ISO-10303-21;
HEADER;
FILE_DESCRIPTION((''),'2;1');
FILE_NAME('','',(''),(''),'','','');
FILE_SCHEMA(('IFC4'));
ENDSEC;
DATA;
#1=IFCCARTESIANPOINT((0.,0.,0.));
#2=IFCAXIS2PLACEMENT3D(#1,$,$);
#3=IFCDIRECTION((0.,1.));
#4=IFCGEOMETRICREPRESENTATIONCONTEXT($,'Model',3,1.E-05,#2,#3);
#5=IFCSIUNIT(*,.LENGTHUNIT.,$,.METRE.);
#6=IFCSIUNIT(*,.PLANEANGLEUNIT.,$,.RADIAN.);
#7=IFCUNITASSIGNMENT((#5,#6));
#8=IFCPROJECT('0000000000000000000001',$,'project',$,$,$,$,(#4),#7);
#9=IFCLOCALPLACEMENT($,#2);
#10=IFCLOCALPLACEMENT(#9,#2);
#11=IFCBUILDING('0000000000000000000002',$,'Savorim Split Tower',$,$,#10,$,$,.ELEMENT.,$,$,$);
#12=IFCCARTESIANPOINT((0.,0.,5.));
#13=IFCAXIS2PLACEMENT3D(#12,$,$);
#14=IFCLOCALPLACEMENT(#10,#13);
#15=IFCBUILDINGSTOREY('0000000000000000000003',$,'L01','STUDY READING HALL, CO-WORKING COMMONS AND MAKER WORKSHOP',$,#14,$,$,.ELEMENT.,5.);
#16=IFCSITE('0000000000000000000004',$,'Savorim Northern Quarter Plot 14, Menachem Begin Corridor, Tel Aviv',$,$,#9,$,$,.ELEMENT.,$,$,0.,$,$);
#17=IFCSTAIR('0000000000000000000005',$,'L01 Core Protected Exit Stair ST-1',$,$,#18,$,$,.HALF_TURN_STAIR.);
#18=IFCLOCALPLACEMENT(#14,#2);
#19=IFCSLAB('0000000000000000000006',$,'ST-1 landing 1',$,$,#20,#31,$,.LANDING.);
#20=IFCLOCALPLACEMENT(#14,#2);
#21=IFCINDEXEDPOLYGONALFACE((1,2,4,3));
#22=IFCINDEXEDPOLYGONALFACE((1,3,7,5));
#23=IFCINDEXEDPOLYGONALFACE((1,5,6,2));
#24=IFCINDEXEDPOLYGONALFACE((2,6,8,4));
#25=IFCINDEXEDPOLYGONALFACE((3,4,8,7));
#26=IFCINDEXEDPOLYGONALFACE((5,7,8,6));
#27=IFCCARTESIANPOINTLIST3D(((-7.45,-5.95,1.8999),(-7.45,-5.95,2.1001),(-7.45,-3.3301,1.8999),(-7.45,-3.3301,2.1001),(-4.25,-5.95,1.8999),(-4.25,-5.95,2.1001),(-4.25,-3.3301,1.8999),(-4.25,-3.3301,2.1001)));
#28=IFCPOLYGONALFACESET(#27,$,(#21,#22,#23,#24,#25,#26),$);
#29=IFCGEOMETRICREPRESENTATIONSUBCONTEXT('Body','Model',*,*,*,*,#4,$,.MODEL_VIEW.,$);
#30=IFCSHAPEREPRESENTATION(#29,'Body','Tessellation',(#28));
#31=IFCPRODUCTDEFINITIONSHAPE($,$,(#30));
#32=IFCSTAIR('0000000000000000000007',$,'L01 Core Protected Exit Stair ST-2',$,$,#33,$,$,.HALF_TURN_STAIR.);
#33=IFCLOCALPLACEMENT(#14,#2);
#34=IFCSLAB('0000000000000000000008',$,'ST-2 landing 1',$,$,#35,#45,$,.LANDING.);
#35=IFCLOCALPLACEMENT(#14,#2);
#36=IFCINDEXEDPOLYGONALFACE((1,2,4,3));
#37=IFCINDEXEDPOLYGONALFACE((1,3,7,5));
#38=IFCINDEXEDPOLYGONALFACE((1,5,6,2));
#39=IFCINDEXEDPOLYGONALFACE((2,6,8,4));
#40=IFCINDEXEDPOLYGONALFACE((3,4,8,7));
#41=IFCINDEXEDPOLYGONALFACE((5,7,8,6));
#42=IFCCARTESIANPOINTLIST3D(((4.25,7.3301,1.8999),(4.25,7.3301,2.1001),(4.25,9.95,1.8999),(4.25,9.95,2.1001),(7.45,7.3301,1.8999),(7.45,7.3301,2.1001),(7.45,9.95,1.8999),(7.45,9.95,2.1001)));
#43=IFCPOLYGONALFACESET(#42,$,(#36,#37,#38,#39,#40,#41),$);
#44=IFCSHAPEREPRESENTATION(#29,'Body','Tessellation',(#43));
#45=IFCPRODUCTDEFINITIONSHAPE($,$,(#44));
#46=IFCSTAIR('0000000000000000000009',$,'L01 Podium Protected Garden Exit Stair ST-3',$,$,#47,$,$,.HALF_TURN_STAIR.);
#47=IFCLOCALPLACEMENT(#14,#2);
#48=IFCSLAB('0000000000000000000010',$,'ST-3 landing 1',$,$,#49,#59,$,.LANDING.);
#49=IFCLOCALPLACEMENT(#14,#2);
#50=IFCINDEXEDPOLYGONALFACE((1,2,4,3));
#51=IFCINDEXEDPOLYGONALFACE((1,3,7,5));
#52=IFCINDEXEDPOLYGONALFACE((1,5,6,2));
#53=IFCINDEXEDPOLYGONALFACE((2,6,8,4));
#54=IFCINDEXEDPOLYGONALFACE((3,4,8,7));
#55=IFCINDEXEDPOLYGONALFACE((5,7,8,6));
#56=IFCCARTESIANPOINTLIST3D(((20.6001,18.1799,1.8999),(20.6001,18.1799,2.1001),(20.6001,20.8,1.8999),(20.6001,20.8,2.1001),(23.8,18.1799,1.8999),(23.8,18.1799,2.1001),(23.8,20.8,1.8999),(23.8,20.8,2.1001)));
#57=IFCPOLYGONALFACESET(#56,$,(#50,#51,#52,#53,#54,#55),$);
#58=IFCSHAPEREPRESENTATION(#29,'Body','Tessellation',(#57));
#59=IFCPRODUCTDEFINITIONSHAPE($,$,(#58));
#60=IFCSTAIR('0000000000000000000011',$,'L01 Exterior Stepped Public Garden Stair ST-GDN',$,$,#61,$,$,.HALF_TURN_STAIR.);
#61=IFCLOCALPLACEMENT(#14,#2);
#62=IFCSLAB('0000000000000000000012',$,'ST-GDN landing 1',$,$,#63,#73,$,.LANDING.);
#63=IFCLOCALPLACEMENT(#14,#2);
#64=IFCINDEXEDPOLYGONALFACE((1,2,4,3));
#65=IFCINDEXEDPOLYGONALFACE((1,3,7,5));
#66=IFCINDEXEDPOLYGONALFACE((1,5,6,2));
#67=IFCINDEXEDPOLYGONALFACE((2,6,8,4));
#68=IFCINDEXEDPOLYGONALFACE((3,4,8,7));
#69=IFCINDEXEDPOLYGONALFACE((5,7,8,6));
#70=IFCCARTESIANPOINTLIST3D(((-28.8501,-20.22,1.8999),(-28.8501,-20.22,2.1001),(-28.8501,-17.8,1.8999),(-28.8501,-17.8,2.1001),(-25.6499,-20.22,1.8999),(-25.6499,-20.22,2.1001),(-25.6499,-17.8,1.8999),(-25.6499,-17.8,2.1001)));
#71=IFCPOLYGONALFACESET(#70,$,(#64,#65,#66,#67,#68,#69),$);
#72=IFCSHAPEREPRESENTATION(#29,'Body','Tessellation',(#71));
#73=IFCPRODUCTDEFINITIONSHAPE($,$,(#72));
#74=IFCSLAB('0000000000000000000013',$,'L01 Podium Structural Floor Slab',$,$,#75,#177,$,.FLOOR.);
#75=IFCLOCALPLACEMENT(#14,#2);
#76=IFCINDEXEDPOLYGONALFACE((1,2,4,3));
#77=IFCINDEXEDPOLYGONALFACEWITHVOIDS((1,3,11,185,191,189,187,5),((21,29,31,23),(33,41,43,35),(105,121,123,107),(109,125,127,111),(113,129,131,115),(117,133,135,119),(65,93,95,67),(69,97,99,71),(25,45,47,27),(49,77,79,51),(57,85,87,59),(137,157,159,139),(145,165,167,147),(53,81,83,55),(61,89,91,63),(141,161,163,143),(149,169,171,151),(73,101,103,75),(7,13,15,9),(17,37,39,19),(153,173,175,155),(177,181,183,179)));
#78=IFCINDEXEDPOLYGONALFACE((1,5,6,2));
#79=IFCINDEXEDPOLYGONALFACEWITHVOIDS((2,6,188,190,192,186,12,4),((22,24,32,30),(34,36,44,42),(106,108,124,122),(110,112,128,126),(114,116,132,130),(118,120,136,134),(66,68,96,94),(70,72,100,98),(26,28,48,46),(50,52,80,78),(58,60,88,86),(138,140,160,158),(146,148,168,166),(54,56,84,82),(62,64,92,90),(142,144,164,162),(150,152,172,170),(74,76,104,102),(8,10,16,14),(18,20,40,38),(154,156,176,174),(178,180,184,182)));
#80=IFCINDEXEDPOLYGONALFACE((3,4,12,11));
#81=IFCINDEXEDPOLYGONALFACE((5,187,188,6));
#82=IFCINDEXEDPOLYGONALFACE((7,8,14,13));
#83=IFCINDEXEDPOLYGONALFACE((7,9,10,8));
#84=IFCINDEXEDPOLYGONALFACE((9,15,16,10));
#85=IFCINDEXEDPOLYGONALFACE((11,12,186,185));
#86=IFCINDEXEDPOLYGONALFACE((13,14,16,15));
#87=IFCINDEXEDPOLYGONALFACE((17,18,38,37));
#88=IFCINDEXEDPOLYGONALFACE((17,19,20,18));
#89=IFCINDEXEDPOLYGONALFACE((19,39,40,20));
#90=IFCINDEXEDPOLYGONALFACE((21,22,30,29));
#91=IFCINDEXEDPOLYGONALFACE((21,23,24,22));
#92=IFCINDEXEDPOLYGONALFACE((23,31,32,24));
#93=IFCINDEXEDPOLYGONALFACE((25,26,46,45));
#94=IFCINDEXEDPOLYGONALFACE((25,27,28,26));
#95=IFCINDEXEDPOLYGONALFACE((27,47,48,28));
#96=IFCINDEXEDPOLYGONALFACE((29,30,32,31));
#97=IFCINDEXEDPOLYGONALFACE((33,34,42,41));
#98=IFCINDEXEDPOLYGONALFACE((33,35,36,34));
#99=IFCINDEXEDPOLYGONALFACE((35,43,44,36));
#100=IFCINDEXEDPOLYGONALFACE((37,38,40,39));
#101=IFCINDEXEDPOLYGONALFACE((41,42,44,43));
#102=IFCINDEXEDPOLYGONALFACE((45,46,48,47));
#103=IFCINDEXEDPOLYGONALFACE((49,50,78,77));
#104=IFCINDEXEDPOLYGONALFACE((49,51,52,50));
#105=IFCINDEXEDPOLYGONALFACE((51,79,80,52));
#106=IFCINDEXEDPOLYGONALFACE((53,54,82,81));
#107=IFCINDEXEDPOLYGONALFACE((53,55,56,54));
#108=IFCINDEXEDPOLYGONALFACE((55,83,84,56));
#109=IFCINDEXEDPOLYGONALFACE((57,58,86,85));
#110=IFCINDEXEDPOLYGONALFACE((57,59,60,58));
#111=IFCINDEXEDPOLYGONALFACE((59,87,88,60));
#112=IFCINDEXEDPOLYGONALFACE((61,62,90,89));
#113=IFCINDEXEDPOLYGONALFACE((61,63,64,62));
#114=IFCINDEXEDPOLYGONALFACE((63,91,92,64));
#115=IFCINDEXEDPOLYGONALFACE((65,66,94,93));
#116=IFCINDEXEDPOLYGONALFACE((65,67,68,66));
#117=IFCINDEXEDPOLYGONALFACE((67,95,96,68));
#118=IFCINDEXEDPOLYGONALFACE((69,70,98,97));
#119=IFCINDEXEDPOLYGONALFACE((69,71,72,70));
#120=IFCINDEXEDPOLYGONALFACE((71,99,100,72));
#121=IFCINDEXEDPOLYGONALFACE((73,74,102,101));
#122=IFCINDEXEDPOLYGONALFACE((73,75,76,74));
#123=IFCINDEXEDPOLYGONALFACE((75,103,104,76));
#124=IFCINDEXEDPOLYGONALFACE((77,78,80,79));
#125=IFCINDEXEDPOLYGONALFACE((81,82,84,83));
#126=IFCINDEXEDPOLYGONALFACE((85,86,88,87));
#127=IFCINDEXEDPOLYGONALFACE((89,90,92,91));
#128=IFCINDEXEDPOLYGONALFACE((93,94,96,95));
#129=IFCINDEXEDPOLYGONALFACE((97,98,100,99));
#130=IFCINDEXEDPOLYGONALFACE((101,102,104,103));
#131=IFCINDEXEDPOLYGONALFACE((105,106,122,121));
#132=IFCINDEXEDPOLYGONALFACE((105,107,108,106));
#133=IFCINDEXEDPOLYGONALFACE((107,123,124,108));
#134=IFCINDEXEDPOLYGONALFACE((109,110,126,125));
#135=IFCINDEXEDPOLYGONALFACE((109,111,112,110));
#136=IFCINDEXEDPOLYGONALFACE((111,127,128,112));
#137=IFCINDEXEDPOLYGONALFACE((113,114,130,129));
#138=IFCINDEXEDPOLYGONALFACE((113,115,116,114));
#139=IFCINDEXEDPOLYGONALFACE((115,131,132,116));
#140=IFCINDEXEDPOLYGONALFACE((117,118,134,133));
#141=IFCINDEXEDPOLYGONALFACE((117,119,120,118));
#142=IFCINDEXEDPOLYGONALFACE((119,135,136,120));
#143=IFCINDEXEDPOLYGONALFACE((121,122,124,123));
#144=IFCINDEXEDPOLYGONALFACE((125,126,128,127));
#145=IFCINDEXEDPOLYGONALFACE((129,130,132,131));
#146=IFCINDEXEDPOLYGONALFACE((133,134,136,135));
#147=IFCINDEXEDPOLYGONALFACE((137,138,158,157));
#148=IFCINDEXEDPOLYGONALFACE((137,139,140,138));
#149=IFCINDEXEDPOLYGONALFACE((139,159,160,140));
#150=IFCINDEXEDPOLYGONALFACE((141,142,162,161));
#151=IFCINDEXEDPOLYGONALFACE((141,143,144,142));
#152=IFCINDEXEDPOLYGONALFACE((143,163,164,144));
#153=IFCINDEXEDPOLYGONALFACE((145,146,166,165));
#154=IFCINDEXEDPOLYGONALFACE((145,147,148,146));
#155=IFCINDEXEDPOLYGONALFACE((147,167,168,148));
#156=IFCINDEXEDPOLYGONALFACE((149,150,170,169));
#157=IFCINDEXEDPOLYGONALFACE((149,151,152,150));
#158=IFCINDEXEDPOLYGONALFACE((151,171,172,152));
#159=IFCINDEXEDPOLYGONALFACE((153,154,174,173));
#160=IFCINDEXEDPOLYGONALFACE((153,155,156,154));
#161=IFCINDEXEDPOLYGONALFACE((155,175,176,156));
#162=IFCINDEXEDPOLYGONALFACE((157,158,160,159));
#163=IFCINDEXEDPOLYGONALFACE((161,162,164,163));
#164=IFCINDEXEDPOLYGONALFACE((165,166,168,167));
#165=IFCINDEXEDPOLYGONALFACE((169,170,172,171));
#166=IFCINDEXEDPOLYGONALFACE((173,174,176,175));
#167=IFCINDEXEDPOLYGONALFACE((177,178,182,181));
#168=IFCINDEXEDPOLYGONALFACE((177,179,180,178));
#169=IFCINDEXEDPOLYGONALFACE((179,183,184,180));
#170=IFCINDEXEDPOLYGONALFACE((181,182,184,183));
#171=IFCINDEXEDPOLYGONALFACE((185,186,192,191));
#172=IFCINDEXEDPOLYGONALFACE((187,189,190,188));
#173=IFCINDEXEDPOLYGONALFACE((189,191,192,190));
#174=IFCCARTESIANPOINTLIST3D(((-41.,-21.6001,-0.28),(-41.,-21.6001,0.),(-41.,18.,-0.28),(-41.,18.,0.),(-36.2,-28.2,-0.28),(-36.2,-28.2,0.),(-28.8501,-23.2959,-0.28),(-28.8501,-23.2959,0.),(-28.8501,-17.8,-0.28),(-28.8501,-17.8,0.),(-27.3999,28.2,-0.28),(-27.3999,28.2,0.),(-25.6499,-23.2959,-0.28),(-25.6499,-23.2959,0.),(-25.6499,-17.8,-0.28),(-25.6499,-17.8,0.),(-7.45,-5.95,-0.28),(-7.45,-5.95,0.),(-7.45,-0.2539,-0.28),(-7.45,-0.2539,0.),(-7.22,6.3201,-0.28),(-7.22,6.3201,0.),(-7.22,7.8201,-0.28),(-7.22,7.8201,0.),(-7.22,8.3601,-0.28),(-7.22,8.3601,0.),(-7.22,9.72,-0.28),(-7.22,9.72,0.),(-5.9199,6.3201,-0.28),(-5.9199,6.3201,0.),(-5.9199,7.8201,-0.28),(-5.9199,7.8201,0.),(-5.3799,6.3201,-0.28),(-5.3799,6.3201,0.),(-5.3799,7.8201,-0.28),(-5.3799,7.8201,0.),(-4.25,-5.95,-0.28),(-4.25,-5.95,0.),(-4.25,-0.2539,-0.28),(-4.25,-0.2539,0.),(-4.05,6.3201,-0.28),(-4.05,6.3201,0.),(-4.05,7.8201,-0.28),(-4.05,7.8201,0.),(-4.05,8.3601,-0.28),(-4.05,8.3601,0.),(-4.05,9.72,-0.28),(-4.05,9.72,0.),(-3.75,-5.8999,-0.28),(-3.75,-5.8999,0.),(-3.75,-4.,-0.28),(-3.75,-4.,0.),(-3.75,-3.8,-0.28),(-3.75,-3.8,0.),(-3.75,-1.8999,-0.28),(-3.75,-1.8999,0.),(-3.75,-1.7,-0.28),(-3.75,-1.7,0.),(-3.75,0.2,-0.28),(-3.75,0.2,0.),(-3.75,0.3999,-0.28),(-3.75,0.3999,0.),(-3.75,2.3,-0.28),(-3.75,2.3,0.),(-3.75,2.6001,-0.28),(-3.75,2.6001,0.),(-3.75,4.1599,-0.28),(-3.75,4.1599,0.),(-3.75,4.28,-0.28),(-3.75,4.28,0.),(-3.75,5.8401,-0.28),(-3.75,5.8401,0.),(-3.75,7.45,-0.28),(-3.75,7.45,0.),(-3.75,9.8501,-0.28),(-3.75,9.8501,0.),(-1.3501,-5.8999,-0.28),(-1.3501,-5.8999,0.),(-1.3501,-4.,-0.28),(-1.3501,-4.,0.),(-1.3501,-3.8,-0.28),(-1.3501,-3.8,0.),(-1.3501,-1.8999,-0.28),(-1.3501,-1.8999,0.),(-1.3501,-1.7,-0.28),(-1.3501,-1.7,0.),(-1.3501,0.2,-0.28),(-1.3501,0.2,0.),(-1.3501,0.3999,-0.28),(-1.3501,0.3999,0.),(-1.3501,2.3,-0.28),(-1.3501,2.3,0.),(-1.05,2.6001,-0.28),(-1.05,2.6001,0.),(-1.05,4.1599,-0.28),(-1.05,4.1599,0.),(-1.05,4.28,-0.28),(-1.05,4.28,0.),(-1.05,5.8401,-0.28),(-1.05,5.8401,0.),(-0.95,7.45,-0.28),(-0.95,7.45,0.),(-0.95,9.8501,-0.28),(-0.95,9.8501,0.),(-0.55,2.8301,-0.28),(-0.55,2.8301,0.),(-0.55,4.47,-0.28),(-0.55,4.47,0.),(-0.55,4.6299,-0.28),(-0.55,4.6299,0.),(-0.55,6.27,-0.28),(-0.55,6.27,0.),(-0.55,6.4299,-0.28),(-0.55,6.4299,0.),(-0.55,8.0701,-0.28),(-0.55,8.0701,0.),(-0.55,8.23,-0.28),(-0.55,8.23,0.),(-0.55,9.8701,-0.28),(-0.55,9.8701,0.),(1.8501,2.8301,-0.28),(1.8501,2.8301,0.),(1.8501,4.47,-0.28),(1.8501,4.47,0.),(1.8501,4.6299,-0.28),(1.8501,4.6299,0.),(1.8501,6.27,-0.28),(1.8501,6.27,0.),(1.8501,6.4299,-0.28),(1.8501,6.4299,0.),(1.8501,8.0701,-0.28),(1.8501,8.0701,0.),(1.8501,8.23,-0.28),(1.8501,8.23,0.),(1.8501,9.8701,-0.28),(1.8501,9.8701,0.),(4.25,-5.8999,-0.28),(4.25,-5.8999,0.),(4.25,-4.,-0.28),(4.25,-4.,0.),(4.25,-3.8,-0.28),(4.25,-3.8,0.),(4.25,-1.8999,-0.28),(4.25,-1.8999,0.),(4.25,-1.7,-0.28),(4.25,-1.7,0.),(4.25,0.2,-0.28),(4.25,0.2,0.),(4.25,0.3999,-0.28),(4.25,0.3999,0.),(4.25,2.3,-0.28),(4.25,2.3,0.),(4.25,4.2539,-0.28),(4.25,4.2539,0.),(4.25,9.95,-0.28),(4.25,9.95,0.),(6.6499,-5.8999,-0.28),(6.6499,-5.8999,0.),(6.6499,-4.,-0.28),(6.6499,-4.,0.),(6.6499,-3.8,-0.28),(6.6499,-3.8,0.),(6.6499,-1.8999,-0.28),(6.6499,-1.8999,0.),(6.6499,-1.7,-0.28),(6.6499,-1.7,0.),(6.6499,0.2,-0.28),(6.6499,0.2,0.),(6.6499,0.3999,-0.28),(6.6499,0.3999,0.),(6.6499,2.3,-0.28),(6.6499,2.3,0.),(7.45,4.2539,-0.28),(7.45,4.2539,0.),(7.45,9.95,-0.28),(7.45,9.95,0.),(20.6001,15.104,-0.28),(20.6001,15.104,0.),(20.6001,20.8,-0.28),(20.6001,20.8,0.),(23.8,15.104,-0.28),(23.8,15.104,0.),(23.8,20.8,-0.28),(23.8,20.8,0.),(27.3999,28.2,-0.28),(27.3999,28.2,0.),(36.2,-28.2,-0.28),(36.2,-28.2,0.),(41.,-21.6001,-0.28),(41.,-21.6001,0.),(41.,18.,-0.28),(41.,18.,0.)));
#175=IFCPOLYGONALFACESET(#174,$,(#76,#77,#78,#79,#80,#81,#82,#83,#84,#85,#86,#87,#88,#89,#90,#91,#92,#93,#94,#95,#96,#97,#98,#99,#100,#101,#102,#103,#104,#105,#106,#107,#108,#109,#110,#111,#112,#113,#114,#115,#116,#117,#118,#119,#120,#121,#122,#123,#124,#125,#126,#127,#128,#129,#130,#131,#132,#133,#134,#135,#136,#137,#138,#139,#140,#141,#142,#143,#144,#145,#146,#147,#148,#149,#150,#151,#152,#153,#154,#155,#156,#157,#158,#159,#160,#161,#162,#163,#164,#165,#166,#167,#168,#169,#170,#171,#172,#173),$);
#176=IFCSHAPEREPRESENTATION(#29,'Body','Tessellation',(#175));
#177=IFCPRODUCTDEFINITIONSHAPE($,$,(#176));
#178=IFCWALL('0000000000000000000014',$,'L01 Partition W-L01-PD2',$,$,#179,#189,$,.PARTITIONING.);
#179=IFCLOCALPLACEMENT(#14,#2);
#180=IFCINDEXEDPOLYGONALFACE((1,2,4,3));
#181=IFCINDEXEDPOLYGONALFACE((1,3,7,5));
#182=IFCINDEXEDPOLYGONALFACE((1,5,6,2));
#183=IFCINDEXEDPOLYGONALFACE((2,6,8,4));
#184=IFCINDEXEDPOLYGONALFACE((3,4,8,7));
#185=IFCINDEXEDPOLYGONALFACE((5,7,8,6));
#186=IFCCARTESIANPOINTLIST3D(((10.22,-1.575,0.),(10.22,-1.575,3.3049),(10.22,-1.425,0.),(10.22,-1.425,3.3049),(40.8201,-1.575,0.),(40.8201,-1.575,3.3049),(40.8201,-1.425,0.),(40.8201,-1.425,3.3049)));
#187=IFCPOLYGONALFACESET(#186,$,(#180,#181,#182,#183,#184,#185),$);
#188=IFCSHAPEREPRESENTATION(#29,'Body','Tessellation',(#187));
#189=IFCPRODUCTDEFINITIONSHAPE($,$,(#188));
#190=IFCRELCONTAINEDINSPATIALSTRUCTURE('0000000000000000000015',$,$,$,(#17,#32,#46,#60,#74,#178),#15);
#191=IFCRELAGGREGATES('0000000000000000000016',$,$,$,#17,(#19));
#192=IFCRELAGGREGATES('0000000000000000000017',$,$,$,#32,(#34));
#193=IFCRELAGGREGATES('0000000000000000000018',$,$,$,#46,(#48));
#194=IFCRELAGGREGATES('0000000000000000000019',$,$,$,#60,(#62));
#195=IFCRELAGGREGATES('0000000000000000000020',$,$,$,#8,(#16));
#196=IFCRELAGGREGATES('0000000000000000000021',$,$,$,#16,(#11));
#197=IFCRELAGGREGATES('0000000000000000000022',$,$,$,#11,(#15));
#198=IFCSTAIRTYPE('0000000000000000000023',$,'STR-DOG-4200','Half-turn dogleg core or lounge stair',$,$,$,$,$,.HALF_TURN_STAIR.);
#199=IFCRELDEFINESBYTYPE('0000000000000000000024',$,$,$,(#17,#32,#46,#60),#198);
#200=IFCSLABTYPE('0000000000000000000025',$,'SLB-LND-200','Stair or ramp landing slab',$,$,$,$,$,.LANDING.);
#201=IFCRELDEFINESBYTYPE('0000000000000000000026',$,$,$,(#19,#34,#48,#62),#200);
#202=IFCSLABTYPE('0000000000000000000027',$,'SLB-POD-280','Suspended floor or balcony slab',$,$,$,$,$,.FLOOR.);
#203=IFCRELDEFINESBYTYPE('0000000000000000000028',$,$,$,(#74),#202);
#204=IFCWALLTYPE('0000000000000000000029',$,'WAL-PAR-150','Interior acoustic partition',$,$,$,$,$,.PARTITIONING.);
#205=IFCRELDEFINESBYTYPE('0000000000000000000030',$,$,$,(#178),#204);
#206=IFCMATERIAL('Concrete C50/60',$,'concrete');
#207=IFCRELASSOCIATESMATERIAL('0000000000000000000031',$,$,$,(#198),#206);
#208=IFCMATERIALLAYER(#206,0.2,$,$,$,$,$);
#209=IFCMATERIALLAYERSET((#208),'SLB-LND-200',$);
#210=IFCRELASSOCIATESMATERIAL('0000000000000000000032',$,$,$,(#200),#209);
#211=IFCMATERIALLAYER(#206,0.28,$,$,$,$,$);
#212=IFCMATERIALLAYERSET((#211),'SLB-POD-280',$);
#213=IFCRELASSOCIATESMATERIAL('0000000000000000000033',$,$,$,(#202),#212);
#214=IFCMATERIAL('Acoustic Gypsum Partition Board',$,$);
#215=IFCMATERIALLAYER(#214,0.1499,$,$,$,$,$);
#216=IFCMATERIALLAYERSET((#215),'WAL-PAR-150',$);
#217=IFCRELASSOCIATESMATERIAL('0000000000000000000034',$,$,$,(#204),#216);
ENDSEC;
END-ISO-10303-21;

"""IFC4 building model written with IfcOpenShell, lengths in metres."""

from ifc_helpers import new_model, si_unit, direction, frame, frame_2d, origin, place, context, subcontext, project, spatial, polyline, rectangle, outline, extrude, material, layer, layer_set, type_object, element, aggregate, save


model = new_model("IFC4")

# Units and contexts
model_context = context("Model", 3, precision=1e-05, world=origin(), true_north=direction((0.0, 1.0)))
body_context = subcontext(model_context, "Body", "Model", "MODEL_VIEW")
ifc_project = project(units=[si_unit("LENGTHUNIT", "METRE"), si_unit("PLANEANGLEUNIT", "RADIAN")], contexts=[model_context])

# Site, building, storey
site_placement = place(None, origin())
site = spatial("IfcSite", under=ifc_project, at=site_placement, Name="Savorim Northern Quarter Plot 14, Menachem Begin Corridor, Tel Aviv", CompositionType="ELEMENT", RefElevation=0.0)
building_placement = place(site_placement, origin())
building = spatial("IfcBuilding", under=site, at=building_placement, Name="Savorim Split Tower", CompositionType="ELEMENT")
storey_placement = place(building_placement, frame((0.0, 0.0, 5.0)))
storey = spatial("IfcBuildingStorey", under=building, at=storey_placement, Name="L01", Description="STUDY READING HALL, CO-WORKING COMMONS AND MAKER WORKSHOP", CompositionType="ELEMENT", Elevation=5.0)

# Stairs, slabs
ifc_material_1 = material(Name="Concrete C50/60", Category="concrete")
stair_type = type_object("IfcStairType", Name="STR-DOG-4200", Description="Half-turn dogleg core or lounge stair", PredefinedType="HALF_TURN_STAIR", material=ifc_material_1)
stair_1_placement = place(storey_placement, origin())
stair_1 = element("IfcStair", 1, at=stair_1_placement, inside=storey, type_object=stair_type, Name="L01 Core Protected Exit Stair ST-1", PredefinedType="HALF_TURN_STAIR")
ifc_layer_1 = layer(ifc_material_1, 0.2)
ifc_layer_set_1 = layer_set([ifc_layer_1], Name="SLB-LND-200")
slab_type_1 = type_object("IfcSlabType", Name="SLB-LND-200", Description="Stair or ramp landing slab", PredefinedType="LANDING", material=ifc_layer_set_1)
slab_1_placement = place(storey_placement, frame((0.0, 0.0, 1.8999)))
slab_1 = element("IfcSlab", 2, at=slab_1_placement, type_object=slab_type_1, Name="ST-1 landing 1", PredefinedType="LANDING", context=body_context, shape_type="SweptSolid", body=[
    extrude(outline(polyline([(-7.45, -3.3301), (-7.45, -5.95), (-4.25, -5.95), (-4.25, -3.3301), (-7.45, -3.3301)])), origin(), (0.0, 0.0, 1.0), 0.2002),
])
aggregate(stair_1, [slab_1])
stair_2_placement = place(storey_placement, origin())
stair_2 = element("IfcStair", 3, at=stair_2_placement, inside=storey, type_object=stair_type, Name="L01 Core Protected Exit Stair ST-2", PredefinedType="HALF_TURN_STAIR")
slab_2_placement = place(storey_placement, frame((0.0, 0.0, 1.8999)))
slab_2 = element("IfcSlab", 4, at=slab_2_placement, type_object=slab_type_1, Name="ST-2 landing 1", PredefinedType="LANDING", context=body_context, shape_type="SweptSolid", body=[
    extrude(outline(polyline([(7.45, 7.3301), (7.45, 9.95), (4.25, 9.95), (4.25, 7.3301), (7.45, 7.3301)])), origin(), (0.0, 0.0, 1.0), 0.2002),
])
aggregate(stair_2, [slab_2])
stair_3_placement = place(storey_placement, origin())
stair_3 = element("IfcStair", 5, at=stair_3_placement, inside=storey, type_object=stair_type, Name="L01 Podium Protected Garden Exit Stair ST-3", PredefinedType="HALF_TURN_STAIR")
slab_3_placement = place(storey_placement, frame((0.0, 0.0, 1.8999)))
slab_3 = element("IfcSlab", 6, at=slab_3_placement, type_object=slab_type_1, Name="ST-3 landing 1", PredefinedType="LANDING", context=body_context, shape_type="SweptSolid", body=[
    extrude(outline(polyline([(23.8, 18.1799), (23.8, 20.8), (20.6001, 20.8), (20.6001, 18.1799), (23.8, 18.1799)])), origin(), (0.0, 0.0, 1.0), 0.2002),
])
aggregate(stair_3, [slab_3])
stair_4_placement = place(storey_placement, origin())
stair_4 = element("IfcStair", 7, at=stair_4_placement, inside=storey, type_object=stair_type, Name="L01 Exterior Stepped Public Garden Stair ST-GDN", PredefinedType="HALF_TURN_STAIR")
slab_4_placement = place(storey_placement, frame((0.0, 0.0, 1.8999)))
slab_4 = element("IfcSlab", 8, at=slab_4_placement, type_object=slab_type_1, Name="ST-GDN landing 1", PredefinedType="LANDING", context=body_context, shape_type="SweptSolid", body=[
    extrude(outline(polyline([(-25.6499, -20.22), (-25.6499, -17.8), (-28.8501, -17.8), (-28.8501, -20.22), (-25.6499, -20.22)])), origin(), (0.0, 0.0, 1.0), 0.2002),
])
aggregate(stair_4, [slab_4])

# Slab
ifc_layer_2 = layer(ifc_material_1, 0.28)
ifc_layer_set_2 = layer_set([ifc_layer_2], Name="SLB-POD-280")
slab_type_2 = type_object("IfcSlabType", Name="SLB-POD-280", Description="Suspended floor or balcony slab", PredefinedType="FLOOR", material=ifc_layer_set_2)
slab_5_placement = place(storey_placement, frame((0.0, 0.0, -0.28)))
element("IfcSlab", 9, at=slab_5_placement, inside=storey, type_object=slab_type_2, Name="L01 Podium Structural Floor Slab", PredefinedType="FLOOR", context=body_context, shape_type="SweptSolid", body=[
    extrude(outline(polyline([(-36.2, -28.2), (36.2, -28.2), (41.0, -21.6001), (41.0, 18.0), (27.3999, 28.2), (-27.3999, 28.2), (-41.0, 18.0), (-41.0, -21.6001), (-36.2, -28.2)]), holes=[polyline([(-7.45, -0.2539), (-7.45, -5.95), (-4.25, -5.95), (-4.25, -0.2539), (-7.45, -0.2539)]), polyline([(7.45, 4.2539), (7.45, 9.95), (4.25, 9.95), (4.25, 4.2539), (7.45, 4.2539)]), polyline([(23.8, 15.104), (23.8, 20.8), (20.6001, 20.8), (20.6001, 15.104), (23.8, 15.104)]), polyline([(-25.6499, -23.2959), (-25.6499, -17.8), (-28.8501, -17.8), (-28.8501, -23.2959), (-25.6499, -23.2959)]), polyline([(4.25, -5.8999), (6.6499, -5.8999), (6.6499, -4.0), (4.25, -4.0), (4.25, -5.8999)]), polyline([(4.25, -3.8), (6.6499, -3.8), (6.6499, -1.8999), (4.25, -1.8999), (4.25, -3.8)]), polyline([(4.25, -1.7), (6.6499, -1.7), (6.6499, 0.2), (4.25, 0.2), (4.25, -1.7)]), polyline([(4.25, 0.3999), (6.6499, 0.3999), (6.6499, 2.3), (4.25, 2.3), (4.25, 0.3999)]), polyline([(-3.75, -5.8999), (-1.3501, -5.8999), (-1.3501, -4.0), (-3.75, -4.0), (-3.75, -5.8999)]), polyline([(-3.75, -3.8), (-1.3501, -3.8), (-1.3501, -1.8999), (-3.75, -1.8999), (-3.75, -3.8)]), polyline([(-3.75, -1.7), (-1.3501, -1.7), (-1.3501, 0.2), (-3.75, 0.2), (-3.75, -1.7)]), polyline([(-3.75, 0.3999), (-1.3501, 0.3999), (-1.3501, 2.3), (-3.75, 2.3), (-3.75, 0.3999)]), polyline([(-0.55, 2.8301), (1.8501, 2.8301), (1.8501, 4.47), (-0.55, 4.47), (-0.55, 2.8301)]), polyline([(-0.55, 4.6299), (1.8501, 4.6299), (1.8501, 6.27), (-0.55, 6.27), (-0.55, 4.6299)]), polyline([(-0.55, 6.4299), (1.8501, 6.4299), (1.8501, 8.0701), (-0.55, 8.0701), (-0.55, 6.4299)]), polyline([(-0.55, 8.23), (1.8501, 8.23), (1.8501, 9.8701), (-0.55, 9.8701), (-0.55, 8.23)]), polyline([(-3.75, 2.6001), (-1.05, 2.6001), (-1.05, 4.1599), (-3.75, 4.1599), (-3.75, 2.6001)]), polyline([(-3.75, 4.28), (-1.05, 4.28), (-1.05, 5.8401), (-3.75, 5.8401), (-3.75, 4.28)]), polyline([(-3.75, 7.45), (-0.95, 7.45), (-0.95, 9.8501), (-3.75, 9.8501), (-3.75, 7.45)]), polyline([(-7.22, 6.3201), (-5.9199, 6.3201), (-5.9199, 7.8201), (-7.22, 7.8201), (-7.22, 6.3201)]), polyline([(-5.3799, 6.3201), (-4.05, 6.3201), (-4.05, 7.8201), (-5.3799, 7.8201), (-5.3799, 6.3201)]), polyline([(-7.22, 8.3601), (-4.05, 8.3601), (-4.05, 9.72), (-7.22, 9.72), (-7.22, 8.3601)])]), origin(), (0.0, 0.0, 1.0), 0.28),
])

# Wall
ifc_material_2 = material(Name="Acoustic Gypsum Partition Board")
ifc_layer_3 = layer(ifc_material_2, 0.1499)
ifc_layer_set_3 = layer_set([ifc_layer_3], Name="WAL-PAR-150")
wall_type = type_object("IfcWallType", Name="WAL-PAR-150", Description="Interior acoustic partition", PredefinedType="PARTITIONING", material=ifc_layer_set_3)
wall_placement = place(storey_placement, frame((10.22, -1.5, 0.0), z_axis=(0.0, 0.0, 1.0), x_axis=(1.0, 0.0, 0.0)))
element("IfcWall", 10, at=wall_placement, inside=storey, type_object=wall_type, Name="L01 Partition W-L01-PD2", PredefinedType="PARTITIONING", context=body_context, shape_type="SweptSolid", body=[
    extrude(rectangle(XDim=30.6001, YDim=0.1499, at=frame_2d((15.3, 0.0))), origin(), (0.0, 0.0, 1.0), 3.3049),
])

save(model, "model.ifc")
